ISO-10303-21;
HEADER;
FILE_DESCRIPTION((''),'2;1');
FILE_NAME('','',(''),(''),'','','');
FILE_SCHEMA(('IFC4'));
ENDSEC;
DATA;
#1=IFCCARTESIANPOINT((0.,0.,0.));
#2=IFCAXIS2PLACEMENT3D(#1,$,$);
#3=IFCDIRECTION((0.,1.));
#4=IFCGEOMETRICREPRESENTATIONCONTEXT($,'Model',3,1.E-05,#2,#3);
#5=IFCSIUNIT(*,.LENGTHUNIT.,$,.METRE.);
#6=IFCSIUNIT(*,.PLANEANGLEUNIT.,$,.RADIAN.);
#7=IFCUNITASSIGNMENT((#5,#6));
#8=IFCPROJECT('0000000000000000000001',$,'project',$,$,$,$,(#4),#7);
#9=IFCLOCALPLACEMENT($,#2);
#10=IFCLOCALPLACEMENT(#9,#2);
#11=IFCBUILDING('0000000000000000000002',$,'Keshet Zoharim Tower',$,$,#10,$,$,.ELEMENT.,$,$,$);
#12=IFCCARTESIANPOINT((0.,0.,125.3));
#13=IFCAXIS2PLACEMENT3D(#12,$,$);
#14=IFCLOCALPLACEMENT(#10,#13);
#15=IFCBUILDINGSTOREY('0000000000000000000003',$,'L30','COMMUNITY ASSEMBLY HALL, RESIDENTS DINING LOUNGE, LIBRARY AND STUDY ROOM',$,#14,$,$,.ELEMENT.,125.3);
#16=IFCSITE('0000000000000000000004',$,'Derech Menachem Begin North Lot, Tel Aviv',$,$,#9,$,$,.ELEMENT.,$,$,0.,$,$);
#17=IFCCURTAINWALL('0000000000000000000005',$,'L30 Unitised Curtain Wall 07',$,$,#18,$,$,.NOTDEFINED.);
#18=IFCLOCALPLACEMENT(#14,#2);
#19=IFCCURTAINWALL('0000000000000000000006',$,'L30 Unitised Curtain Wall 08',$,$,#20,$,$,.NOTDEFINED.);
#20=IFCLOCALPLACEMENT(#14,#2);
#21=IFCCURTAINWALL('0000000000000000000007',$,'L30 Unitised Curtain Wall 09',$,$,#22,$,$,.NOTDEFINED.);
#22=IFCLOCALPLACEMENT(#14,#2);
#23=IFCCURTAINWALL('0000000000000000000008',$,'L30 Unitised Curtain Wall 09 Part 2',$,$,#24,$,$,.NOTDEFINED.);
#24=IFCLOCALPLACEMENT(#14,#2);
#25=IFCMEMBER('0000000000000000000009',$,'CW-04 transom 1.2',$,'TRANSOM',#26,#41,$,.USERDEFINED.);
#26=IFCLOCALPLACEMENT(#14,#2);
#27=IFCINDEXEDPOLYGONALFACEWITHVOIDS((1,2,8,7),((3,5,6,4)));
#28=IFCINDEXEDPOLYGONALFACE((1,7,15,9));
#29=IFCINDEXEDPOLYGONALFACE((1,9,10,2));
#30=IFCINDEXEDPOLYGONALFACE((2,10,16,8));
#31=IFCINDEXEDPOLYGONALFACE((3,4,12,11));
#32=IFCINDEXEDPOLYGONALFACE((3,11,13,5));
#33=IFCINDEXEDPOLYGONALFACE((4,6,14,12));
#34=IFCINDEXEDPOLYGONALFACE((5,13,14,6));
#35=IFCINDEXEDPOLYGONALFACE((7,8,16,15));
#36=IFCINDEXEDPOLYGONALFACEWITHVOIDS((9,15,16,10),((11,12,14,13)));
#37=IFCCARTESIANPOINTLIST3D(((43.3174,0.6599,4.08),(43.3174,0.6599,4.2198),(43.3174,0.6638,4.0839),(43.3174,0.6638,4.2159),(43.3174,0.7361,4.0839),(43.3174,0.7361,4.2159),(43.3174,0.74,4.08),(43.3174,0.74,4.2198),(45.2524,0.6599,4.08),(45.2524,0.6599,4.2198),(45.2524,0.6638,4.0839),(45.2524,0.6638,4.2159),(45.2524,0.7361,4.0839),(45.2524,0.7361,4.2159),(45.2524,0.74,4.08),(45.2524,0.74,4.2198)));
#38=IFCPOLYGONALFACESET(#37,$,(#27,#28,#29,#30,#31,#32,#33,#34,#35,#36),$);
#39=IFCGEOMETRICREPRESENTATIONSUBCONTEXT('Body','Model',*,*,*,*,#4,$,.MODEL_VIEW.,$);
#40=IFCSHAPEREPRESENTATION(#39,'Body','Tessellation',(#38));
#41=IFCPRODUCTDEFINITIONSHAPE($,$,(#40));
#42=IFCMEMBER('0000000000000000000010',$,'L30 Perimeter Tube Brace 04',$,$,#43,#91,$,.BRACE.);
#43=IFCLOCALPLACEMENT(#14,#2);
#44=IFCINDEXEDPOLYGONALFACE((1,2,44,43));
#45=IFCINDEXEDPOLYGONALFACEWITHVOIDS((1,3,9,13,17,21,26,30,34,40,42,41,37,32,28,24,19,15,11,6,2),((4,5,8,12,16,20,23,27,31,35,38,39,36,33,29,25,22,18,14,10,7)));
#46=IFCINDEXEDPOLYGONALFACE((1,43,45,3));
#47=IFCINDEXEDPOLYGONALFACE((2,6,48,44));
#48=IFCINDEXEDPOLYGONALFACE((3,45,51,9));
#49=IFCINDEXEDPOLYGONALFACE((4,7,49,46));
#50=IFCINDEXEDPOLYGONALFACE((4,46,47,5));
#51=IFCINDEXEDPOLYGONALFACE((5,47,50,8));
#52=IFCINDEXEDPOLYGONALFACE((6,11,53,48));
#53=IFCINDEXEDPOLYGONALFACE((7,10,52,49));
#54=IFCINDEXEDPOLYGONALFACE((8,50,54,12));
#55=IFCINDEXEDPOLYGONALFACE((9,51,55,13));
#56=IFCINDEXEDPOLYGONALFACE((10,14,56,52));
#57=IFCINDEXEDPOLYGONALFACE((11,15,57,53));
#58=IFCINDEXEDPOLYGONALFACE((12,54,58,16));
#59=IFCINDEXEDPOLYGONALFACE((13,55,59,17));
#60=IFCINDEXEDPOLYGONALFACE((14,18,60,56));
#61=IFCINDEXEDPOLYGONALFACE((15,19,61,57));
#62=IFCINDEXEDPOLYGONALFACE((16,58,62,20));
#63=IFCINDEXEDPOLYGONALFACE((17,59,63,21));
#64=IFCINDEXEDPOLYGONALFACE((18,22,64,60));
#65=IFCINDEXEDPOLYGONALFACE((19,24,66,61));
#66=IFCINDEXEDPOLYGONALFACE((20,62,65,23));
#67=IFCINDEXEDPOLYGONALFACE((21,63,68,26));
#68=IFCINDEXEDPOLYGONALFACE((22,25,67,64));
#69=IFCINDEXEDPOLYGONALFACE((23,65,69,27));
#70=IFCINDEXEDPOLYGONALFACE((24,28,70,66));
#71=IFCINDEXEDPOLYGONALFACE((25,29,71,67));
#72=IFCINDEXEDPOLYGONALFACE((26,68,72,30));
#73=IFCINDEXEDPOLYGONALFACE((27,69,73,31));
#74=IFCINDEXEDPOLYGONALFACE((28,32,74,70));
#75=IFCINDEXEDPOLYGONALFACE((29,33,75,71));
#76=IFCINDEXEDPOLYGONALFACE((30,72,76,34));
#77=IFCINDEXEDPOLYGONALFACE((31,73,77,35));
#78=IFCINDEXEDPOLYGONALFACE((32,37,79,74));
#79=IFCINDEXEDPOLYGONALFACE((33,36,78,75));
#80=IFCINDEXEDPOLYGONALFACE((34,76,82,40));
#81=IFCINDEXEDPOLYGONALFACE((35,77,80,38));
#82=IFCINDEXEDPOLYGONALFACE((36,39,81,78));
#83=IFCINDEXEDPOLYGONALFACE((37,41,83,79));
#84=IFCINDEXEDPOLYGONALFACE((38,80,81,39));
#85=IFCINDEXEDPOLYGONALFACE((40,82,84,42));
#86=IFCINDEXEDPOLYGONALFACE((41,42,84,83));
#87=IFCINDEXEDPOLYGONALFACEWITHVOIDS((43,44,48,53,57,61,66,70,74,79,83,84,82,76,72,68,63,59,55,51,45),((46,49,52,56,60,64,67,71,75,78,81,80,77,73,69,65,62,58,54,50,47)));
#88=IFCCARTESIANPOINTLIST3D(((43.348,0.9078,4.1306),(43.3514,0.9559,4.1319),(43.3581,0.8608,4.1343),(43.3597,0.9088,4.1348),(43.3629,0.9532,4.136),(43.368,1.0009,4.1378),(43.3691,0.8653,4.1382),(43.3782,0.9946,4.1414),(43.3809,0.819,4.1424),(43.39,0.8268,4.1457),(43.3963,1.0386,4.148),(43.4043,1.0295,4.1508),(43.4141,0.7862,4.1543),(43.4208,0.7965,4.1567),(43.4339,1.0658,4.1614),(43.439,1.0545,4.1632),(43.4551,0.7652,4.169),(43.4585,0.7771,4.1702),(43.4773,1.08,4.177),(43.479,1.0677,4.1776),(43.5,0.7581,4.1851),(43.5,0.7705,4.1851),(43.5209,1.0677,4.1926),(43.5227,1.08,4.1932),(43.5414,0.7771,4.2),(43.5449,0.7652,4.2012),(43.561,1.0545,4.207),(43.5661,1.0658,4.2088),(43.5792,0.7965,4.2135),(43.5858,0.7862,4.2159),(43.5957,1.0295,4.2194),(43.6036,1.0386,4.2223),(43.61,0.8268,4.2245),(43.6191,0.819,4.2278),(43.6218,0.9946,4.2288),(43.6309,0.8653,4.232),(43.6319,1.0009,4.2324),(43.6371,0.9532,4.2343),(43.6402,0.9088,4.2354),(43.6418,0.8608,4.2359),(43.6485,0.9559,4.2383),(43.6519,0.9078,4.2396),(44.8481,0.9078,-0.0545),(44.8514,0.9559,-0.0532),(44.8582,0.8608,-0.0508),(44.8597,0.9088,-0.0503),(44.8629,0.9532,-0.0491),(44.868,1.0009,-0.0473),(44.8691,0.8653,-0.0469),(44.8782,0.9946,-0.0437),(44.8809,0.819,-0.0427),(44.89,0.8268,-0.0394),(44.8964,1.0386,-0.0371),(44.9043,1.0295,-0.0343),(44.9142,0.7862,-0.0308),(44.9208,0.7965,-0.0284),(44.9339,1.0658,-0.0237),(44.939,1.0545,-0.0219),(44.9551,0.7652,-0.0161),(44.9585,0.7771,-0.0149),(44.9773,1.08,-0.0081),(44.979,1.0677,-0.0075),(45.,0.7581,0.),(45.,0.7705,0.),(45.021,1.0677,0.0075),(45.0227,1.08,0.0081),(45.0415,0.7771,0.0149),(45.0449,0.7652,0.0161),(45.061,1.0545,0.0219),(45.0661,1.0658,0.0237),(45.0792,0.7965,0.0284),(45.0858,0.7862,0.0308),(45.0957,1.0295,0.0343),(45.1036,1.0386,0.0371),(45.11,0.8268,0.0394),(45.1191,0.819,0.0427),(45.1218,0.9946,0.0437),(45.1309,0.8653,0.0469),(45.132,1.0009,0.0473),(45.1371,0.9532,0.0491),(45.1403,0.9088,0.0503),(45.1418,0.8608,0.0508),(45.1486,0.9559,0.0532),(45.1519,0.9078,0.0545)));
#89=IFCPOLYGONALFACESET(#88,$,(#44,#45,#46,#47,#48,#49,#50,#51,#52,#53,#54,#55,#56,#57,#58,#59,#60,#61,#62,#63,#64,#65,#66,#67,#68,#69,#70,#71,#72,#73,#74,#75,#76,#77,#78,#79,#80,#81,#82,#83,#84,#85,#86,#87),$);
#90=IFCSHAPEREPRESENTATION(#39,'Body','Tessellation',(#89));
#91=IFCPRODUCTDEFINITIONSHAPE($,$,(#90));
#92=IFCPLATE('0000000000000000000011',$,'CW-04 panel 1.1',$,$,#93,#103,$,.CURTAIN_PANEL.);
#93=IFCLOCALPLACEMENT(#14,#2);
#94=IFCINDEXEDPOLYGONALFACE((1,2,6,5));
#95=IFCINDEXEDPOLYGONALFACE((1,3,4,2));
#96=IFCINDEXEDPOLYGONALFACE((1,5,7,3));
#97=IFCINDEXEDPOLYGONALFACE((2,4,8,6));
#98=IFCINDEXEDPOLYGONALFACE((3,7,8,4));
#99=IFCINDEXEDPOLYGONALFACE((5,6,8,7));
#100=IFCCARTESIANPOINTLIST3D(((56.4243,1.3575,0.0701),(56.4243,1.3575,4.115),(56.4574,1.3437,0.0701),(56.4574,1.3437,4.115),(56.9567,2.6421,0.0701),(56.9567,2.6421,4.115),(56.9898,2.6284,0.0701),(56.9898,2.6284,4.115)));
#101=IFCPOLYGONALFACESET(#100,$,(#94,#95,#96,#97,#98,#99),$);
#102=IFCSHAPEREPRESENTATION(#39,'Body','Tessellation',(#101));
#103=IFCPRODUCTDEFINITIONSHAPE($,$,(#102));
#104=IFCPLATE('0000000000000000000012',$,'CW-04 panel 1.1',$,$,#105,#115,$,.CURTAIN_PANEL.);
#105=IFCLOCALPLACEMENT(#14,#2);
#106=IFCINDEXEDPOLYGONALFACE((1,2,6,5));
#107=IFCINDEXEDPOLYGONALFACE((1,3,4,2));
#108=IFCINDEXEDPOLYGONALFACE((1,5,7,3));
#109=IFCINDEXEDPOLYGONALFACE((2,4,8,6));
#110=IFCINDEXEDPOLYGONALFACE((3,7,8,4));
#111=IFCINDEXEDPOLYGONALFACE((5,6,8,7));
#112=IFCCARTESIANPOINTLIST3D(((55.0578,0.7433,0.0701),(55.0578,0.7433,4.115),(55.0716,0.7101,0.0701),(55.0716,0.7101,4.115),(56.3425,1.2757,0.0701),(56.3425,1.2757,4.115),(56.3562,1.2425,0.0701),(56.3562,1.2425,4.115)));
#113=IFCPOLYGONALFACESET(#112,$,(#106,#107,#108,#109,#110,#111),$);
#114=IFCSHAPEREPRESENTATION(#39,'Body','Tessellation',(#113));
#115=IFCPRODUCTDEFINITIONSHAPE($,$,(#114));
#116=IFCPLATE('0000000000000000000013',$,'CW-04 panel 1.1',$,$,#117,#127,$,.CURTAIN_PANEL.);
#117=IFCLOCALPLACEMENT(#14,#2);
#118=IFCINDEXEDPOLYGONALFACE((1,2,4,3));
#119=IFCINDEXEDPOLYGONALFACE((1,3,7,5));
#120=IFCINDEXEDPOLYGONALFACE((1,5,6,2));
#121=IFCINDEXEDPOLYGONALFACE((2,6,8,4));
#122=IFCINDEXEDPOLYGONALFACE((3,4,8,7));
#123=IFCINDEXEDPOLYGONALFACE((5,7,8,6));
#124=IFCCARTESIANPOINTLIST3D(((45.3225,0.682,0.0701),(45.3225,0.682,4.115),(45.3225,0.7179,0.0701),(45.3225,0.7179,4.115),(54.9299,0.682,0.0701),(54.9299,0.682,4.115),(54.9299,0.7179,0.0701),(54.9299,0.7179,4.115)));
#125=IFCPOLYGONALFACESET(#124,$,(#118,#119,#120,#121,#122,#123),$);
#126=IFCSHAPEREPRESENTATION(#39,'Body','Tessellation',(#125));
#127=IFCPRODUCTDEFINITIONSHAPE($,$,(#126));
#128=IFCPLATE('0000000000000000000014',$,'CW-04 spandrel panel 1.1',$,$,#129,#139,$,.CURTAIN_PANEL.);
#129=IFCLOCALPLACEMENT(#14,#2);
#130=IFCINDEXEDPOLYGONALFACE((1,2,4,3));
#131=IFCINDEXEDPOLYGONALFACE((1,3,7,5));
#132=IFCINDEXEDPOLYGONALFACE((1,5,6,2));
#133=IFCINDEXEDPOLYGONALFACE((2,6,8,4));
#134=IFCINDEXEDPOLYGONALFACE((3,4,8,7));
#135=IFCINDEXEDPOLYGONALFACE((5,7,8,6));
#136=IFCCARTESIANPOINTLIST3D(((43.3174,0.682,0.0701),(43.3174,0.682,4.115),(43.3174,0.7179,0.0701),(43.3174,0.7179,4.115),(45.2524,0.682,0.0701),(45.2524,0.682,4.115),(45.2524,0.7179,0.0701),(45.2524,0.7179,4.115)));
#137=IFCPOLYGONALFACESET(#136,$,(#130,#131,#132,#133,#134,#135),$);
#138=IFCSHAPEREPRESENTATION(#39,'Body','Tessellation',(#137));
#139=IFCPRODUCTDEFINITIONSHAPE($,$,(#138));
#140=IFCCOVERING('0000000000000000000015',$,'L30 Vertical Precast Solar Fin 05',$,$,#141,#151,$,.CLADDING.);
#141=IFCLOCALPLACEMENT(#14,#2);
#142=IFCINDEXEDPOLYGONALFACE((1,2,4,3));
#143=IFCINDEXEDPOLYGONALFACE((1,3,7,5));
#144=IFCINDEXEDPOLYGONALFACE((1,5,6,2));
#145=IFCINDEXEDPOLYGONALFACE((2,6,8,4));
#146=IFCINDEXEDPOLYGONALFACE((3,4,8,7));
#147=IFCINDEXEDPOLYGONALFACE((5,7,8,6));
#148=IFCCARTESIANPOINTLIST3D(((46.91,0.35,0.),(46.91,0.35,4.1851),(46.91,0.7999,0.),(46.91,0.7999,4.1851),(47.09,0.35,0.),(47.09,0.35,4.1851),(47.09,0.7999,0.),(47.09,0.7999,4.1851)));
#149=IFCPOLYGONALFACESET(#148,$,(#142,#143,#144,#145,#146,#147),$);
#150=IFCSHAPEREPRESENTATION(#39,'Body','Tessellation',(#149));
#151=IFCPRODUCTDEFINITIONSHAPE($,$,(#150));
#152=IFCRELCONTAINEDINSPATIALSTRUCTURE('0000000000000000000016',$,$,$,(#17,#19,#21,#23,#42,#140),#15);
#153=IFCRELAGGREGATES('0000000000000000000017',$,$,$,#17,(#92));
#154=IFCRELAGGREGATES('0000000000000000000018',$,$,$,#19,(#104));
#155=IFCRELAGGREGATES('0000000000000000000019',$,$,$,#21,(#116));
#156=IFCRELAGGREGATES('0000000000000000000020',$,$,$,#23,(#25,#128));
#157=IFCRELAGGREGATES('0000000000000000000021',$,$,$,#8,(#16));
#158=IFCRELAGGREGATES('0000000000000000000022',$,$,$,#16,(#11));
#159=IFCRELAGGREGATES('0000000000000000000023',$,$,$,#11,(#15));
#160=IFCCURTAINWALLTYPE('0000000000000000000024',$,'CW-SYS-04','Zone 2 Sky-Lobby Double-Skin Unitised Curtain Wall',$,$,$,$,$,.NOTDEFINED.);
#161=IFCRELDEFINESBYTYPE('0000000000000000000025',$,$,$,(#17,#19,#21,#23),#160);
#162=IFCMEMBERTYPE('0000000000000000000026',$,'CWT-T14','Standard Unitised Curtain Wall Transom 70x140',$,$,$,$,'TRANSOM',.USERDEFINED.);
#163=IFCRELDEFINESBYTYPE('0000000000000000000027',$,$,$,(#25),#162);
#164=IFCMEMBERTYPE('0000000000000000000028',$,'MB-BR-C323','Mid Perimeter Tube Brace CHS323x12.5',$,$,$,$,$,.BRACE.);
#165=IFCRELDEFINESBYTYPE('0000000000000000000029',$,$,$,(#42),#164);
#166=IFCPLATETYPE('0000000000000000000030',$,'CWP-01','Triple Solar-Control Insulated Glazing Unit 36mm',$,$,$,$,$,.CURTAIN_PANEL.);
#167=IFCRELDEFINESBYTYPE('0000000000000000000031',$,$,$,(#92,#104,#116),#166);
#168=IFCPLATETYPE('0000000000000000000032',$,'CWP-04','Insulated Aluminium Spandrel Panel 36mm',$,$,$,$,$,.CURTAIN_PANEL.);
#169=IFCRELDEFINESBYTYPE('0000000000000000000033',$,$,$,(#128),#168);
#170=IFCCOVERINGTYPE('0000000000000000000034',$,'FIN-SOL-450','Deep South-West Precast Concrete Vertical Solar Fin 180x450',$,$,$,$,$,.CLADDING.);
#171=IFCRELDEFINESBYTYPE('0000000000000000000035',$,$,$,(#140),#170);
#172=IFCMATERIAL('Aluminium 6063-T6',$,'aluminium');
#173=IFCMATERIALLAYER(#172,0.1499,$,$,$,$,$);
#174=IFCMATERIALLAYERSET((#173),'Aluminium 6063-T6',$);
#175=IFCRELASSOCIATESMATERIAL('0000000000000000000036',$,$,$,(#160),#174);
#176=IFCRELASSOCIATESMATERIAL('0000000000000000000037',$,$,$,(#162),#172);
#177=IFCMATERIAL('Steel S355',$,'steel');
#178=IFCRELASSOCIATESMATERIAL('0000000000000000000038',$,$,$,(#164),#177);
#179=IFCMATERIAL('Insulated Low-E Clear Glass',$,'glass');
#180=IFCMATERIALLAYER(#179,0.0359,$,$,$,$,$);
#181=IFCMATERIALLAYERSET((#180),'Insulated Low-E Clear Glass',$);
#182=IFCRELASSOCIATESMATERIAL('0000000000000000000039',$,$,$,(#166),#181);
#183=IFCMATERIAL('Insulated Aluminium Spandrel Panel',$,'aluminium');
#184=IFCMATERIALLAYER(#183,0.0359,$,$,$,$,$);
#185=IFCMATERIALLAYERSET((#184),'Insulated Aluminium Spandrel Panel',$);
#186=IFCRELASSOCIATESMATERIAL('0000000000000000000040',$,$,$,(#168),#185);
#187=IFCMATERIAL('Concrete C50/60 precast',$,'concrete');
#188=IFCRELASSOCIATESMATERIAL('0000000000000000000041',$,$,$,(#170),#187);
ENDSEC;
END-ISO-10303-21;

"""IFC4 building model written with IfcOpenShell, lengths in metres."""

from ifc_helpers import new_model, si_unit, direction, frame, origin, origin_2d, place, context, subcontext, project, spatial, rectangle, hollow_rectangle, hollow_circle, extrude, material, layer, layer_set, material_profile, profile_set, type_object, element, aggregate, save


model = new_model("IFC4")

# Units and contexts
model_context = context("Model", 3, precision=1e-05, world=origin(), true_north=direction((0.0, 1.0)))
body_context = subcontext(model_context, "Body", "Model", "MODEL_VIEW")
ifc_project = project(units=[si_unit("LENGTHUNIT", "METRE"), si_unit("PLANEANGLEUNIT", "RADIAN")], contexts=[model_context])

# Site, building, storey
site_placement = place(None, origin())
site = spatial("IfcSite", under=ifc_project, at=site_placement, Name="Derech Menachem Begin North Lot, Tel Aviv", CompositionType="ELEMENT", RefElevation=0.0)
building_placement = place(site_placement, origin())
building = spatial("IfcBuilding", under=site, at=building_placement, Name="Keshet Zoharim Tower", CompositionType="ELEMENT")
storey_placement = place(building_placement, frame((0.0, 0.0, 125.3)))
storey = spatial("IfcBuildingStorey", under=building, at=storey_placement, Name="L30", Description="COMMUNITY ASSEMBLY HALL, RESIDENTS DINING LOUNGE, LIBRARY AND STUDY ROOM", CompositionType="ELEMENT", Elevation=125.3)

# Shared definitions
ifc_material_1 = material(Name="Steel S355", Category="steel")

# Shared definitions
ifc_material_2 = material(Name="Aluminium 6063-T6", Category="aluminium")
ifc_layer_1 = layer(ifc_material_2, 0.1499)
ifc_layer_set_1 = layer_set([ifc_layer_1], Name="Aluminium 6063-T6")
curtain_wall_type = type_object("IfcCurtainWallType", Name="CW-SYS-04", Description="Zone 2 Sky-Lobby Double-Skin Unitised Curtain Wall", PredefinedType="NOTDEFINED", material=ifc_layer_set_1)

# Curtain walls
curtain_wall_1_placement = place(storey_placement, origin())
curtain_wall_1 = element("IfcCurtainWall", 1, at=curtain_wall_1_placement, inside=storey, type_object=curtain_wall_type, Name="L30 Unitised Curtain Wall 07", PredefinedType="NOTDEFINED")
curtain_wall_2_placement = place(storey_placement, origin())
curtain_wall_2 = element("IfcCurtainWall", 2, at=curtain_wall_2_placement, inside=storey, type_object=curtain_wall_type, Name="L30 Unitised Curtain Wall 08", PredefinedType="NOTDEFINED")
curtain_wall_3_placement = place(storey_placement, origin())
curtain_wall_3 = element("IfcCurtainWall", 3, at=curtain_wall_3_placement, inside=storey, type_object=curtain_wall_type, Name="L30 Unitised Curtain Wall 09", PredefinedType="NOTDEFINED")

# Shared definitions
ifc_material_profile_1 = material_profile(ifc_material_2, hollow_rectangle(XDim=0.0801, YDim=0.1399, WallThickness=0.0039, at=origin_2d()), Name="TRN-80x140")
ifc_profile_set_1 = profile_set([ifc_material_profile_1], Name="Aluminium 6063-T6")
member_type_1 = type_object("IfcMemberType", Name="CWT-T14", Description="Standard Unitised Curtain Wall Transom 70x140", ElementType="TRANSOM", PredefinedType="USERDEFINED", material=ifc_profile_set_1)

# Curtain wall, member
curtain_wall_4_placement = place(storey_placement, origin())
curtain_wall_4 = element("IfcCurtainWall", 4, at=curtain_wall_4_placement, inside=storey, type_object=curtain_wall_type, Name="L30 Unitised Curtain Wall 09 Part 2", PredefinedType="NOTDEFINED")
member_1_placement = place(storey_placement, frame((45.2524, 0.7, 4.1499), z_axis=(-1.0, 0.0, 0.0), x_axis=(0.0, -1.0, 0.0)))
member_1 = element("IfcMember", 5, at=member_1_placement, type_object=member_type_1, Name="CW-04 transom 1.2", ObjectType="TRANSOM", PredefinedType="USERDEFINED", context=body_context, shape_type="SweptSolid", body=[
    extrude(hollow_rectangle(XDim=0.0801, YDim=0.1399, WallThickness=0.0039, at=origin_2d()), origin(), (0.0, 0.0, 1.0), 1.9351),
])

# Member
ifc_material_profile_2 = material_profile(ifc_material_1, hollow_circle(Radius=0.1619, WallThickness=0.0125, at=origin_2d()), Name="CHS323x12.5")
ifc_profile_set_2 = profile_set([ifc_material_profile_2], Name="Steel S355")
member_type_2 = type_object("IfcMemberType", Name="MB-BR-C323", Description="Mid Perimeter Tube Brace CHS323x12.5", PredefinedType="BRACE", material=ifc_profile_set_2)
member_2_placement = place(storey_placement, frame((45.0, 0.9199, 0.0), z_axis=(-0.337401, 0.0, 0.941361), x_axis=(0.0, -1.0, 0.0)))
element("IfcMember", 6, at=member_2_placement, inside=storey, type_object=member_type_2, Name="L30 Perimeter Tube Brace 04", PredefinedType="BRACE", context=body_context, shape_type="SweptSolid", body=[
    extrude(hollow_circle(Radius=0.1619, WallThickness=0.0125, at=origin_2d()), origin(), (0.0, 0.0, 1.0), 4.4458),
])

# Plates
ifc_material_3 = material(Name="Insulated Low-E Clear Glass", Category="glass")
ifc_layer_2 = layer(ifc_material_3, 0.0359)
ifc_layer_set_2 = layer_set([ifc_layer_2], Name="Insulated Low-E Clear Glass")
plate_type_1 = type_object("IfcPlateType", Name="CWP-01", Description="Triple Solar-Control Insulated Glazing Unit 36mm", PredefinedType="CURTAIN_PANEL", material=ifc_layer_set_2)
plate_1_placement = place(storey_placement, frame((56.707, 1.9929, 0.0701), z_axis=(0.0, 0.0, 1.0), x_axis=(-0.382852, -0.92381, 0.0)))
plate_1 = element("IfcPlate", 7, at=plate_1_placement, type_object=plate_type_1, Name="CW-04 panel 1.1", PredefinedType="CURTAIN_PANEL", context=body_context, shape_type="SweptSolid", body=[
    extrude(rectangle(XDim=1.3906, YDim=0.0359, at=origin_2d()), origin(), (0.0, 0.0, 1.0), 4.0449),
])
aggregate(curtain_wall_1, [plate_1])
plate_2_placement = place(storey_placement, frame((55.707, 0.9929, 0.0701), z_axis=(0.0, 0.0, 1.0), x_axis=(-0.92381, -0.382852, 0.0)))
plate_2 = element("IfcPlate", 8, at=plate_2_placement, type_object=plate_type_1, Name="CW-04 panel 1.1", PredefinedType="CURTAIN_PANEL", context=body_context, shape_type="SweptSolid", body=[
    extrude(rectangle(XDim=1.3906, YDim=0.0359, at=origin_2d()), origin(), (0.0, 0.0, 1.0), 4.0449),
])
aggregate(curtain_wall_2, [plate_2])
plate_3_placement = place(storey_placement, frame((50.1262, 0.7, 0.0701), z_axis=(0.0, 0.0, 1.0), x_axis=(-1.0, 0.0, 0.0)))
plate_3 = element("IfcPlate", 9, at=plate_3_placement, type_object=plate_type_1, Name="CW-04 panel 1.1", PredefinedType="CURTAIN_PANEL", context=body_context, shape_type="SweptSolid", body=[
    extrude(rectangle(XDim=9.6074, YDim=0.0359, at=origin_2d()), origin(), (0.0, 0.0, 1.0), 4.0449),
])
aggregate(curtain_wall_3, [plate_3])
ifc_material_4 = material(Name="Insulated Aluminium Spandrel Panel", Category="aluminium")
ifc_layer_3 = layer(ifc_material_4, 0.0359)
ifc_layer_set_3 = layer_set([ifc_layer_3], Name="Insulated Aluminium Spandrel Panel")
plate_type_2 = type_object("IfcPlateType", Name="CWP-04", Description="Insulated Aluminium Spandrel Panel 36mm", PredefinedType="CURTAIN_PANEL", material=ifc_layer_set_3)
plate_4_placement = place(storey_placement, frame((44.2849, 0.7, 0.0701), z_axis=(0.0, 0.0, 1.0), x_axis=(-1.0, 0.0, 0.0)))
plate_4 = element("IfcPlate", 10, at=plate_4_placement, type_object=plate_type_2, Name="CW-04 spandrel panel 1.1", PredefinedType="CURTAIN_PANEL", context=body_context, shape_type="SweptSolid", body=[
    extrude(rectangle(XDim=1.9351, YDim=0.0359, at=origin_2d()), origin(), (0.0, 0.0, 1.0), 4.0449),
])
aggregate(curtain_wall_4, [member_1, plate_4])

# Covering
ifc_material_5 = material(Name="Concrete C50/60 precast", Category="concrete")
covering_type = type_object("IfcCoveringType", Name="FIN-SOL-450", Description="Deep South-West Precast Concrete Vertical Solar Fin 180x450", PredefinedType="CLADDING", material=ifc_material_5)
covering_placement = place(storey_placement, frame((47.0, 0.575, 0.0), z_axis=(0.0, 0.0, 1.0), x_axis=(-1.0, 0.0, 0.0)))
element("IfcCovering", 11, at=covering_placement, inside=storey, type_object=covering_type, Name="L30 Vertical Precast Solar Fin 05", PredefinedType="CLADDING", context=body_context, shape_type="SweptSolid", body=[
    extrude(rectangle(XDim=0.1799, YDim=0.45, at=origin_2d()), origin(), (0.0, 0.0, 1.0), 4.1851),
])

save(model, "model.ifc")
